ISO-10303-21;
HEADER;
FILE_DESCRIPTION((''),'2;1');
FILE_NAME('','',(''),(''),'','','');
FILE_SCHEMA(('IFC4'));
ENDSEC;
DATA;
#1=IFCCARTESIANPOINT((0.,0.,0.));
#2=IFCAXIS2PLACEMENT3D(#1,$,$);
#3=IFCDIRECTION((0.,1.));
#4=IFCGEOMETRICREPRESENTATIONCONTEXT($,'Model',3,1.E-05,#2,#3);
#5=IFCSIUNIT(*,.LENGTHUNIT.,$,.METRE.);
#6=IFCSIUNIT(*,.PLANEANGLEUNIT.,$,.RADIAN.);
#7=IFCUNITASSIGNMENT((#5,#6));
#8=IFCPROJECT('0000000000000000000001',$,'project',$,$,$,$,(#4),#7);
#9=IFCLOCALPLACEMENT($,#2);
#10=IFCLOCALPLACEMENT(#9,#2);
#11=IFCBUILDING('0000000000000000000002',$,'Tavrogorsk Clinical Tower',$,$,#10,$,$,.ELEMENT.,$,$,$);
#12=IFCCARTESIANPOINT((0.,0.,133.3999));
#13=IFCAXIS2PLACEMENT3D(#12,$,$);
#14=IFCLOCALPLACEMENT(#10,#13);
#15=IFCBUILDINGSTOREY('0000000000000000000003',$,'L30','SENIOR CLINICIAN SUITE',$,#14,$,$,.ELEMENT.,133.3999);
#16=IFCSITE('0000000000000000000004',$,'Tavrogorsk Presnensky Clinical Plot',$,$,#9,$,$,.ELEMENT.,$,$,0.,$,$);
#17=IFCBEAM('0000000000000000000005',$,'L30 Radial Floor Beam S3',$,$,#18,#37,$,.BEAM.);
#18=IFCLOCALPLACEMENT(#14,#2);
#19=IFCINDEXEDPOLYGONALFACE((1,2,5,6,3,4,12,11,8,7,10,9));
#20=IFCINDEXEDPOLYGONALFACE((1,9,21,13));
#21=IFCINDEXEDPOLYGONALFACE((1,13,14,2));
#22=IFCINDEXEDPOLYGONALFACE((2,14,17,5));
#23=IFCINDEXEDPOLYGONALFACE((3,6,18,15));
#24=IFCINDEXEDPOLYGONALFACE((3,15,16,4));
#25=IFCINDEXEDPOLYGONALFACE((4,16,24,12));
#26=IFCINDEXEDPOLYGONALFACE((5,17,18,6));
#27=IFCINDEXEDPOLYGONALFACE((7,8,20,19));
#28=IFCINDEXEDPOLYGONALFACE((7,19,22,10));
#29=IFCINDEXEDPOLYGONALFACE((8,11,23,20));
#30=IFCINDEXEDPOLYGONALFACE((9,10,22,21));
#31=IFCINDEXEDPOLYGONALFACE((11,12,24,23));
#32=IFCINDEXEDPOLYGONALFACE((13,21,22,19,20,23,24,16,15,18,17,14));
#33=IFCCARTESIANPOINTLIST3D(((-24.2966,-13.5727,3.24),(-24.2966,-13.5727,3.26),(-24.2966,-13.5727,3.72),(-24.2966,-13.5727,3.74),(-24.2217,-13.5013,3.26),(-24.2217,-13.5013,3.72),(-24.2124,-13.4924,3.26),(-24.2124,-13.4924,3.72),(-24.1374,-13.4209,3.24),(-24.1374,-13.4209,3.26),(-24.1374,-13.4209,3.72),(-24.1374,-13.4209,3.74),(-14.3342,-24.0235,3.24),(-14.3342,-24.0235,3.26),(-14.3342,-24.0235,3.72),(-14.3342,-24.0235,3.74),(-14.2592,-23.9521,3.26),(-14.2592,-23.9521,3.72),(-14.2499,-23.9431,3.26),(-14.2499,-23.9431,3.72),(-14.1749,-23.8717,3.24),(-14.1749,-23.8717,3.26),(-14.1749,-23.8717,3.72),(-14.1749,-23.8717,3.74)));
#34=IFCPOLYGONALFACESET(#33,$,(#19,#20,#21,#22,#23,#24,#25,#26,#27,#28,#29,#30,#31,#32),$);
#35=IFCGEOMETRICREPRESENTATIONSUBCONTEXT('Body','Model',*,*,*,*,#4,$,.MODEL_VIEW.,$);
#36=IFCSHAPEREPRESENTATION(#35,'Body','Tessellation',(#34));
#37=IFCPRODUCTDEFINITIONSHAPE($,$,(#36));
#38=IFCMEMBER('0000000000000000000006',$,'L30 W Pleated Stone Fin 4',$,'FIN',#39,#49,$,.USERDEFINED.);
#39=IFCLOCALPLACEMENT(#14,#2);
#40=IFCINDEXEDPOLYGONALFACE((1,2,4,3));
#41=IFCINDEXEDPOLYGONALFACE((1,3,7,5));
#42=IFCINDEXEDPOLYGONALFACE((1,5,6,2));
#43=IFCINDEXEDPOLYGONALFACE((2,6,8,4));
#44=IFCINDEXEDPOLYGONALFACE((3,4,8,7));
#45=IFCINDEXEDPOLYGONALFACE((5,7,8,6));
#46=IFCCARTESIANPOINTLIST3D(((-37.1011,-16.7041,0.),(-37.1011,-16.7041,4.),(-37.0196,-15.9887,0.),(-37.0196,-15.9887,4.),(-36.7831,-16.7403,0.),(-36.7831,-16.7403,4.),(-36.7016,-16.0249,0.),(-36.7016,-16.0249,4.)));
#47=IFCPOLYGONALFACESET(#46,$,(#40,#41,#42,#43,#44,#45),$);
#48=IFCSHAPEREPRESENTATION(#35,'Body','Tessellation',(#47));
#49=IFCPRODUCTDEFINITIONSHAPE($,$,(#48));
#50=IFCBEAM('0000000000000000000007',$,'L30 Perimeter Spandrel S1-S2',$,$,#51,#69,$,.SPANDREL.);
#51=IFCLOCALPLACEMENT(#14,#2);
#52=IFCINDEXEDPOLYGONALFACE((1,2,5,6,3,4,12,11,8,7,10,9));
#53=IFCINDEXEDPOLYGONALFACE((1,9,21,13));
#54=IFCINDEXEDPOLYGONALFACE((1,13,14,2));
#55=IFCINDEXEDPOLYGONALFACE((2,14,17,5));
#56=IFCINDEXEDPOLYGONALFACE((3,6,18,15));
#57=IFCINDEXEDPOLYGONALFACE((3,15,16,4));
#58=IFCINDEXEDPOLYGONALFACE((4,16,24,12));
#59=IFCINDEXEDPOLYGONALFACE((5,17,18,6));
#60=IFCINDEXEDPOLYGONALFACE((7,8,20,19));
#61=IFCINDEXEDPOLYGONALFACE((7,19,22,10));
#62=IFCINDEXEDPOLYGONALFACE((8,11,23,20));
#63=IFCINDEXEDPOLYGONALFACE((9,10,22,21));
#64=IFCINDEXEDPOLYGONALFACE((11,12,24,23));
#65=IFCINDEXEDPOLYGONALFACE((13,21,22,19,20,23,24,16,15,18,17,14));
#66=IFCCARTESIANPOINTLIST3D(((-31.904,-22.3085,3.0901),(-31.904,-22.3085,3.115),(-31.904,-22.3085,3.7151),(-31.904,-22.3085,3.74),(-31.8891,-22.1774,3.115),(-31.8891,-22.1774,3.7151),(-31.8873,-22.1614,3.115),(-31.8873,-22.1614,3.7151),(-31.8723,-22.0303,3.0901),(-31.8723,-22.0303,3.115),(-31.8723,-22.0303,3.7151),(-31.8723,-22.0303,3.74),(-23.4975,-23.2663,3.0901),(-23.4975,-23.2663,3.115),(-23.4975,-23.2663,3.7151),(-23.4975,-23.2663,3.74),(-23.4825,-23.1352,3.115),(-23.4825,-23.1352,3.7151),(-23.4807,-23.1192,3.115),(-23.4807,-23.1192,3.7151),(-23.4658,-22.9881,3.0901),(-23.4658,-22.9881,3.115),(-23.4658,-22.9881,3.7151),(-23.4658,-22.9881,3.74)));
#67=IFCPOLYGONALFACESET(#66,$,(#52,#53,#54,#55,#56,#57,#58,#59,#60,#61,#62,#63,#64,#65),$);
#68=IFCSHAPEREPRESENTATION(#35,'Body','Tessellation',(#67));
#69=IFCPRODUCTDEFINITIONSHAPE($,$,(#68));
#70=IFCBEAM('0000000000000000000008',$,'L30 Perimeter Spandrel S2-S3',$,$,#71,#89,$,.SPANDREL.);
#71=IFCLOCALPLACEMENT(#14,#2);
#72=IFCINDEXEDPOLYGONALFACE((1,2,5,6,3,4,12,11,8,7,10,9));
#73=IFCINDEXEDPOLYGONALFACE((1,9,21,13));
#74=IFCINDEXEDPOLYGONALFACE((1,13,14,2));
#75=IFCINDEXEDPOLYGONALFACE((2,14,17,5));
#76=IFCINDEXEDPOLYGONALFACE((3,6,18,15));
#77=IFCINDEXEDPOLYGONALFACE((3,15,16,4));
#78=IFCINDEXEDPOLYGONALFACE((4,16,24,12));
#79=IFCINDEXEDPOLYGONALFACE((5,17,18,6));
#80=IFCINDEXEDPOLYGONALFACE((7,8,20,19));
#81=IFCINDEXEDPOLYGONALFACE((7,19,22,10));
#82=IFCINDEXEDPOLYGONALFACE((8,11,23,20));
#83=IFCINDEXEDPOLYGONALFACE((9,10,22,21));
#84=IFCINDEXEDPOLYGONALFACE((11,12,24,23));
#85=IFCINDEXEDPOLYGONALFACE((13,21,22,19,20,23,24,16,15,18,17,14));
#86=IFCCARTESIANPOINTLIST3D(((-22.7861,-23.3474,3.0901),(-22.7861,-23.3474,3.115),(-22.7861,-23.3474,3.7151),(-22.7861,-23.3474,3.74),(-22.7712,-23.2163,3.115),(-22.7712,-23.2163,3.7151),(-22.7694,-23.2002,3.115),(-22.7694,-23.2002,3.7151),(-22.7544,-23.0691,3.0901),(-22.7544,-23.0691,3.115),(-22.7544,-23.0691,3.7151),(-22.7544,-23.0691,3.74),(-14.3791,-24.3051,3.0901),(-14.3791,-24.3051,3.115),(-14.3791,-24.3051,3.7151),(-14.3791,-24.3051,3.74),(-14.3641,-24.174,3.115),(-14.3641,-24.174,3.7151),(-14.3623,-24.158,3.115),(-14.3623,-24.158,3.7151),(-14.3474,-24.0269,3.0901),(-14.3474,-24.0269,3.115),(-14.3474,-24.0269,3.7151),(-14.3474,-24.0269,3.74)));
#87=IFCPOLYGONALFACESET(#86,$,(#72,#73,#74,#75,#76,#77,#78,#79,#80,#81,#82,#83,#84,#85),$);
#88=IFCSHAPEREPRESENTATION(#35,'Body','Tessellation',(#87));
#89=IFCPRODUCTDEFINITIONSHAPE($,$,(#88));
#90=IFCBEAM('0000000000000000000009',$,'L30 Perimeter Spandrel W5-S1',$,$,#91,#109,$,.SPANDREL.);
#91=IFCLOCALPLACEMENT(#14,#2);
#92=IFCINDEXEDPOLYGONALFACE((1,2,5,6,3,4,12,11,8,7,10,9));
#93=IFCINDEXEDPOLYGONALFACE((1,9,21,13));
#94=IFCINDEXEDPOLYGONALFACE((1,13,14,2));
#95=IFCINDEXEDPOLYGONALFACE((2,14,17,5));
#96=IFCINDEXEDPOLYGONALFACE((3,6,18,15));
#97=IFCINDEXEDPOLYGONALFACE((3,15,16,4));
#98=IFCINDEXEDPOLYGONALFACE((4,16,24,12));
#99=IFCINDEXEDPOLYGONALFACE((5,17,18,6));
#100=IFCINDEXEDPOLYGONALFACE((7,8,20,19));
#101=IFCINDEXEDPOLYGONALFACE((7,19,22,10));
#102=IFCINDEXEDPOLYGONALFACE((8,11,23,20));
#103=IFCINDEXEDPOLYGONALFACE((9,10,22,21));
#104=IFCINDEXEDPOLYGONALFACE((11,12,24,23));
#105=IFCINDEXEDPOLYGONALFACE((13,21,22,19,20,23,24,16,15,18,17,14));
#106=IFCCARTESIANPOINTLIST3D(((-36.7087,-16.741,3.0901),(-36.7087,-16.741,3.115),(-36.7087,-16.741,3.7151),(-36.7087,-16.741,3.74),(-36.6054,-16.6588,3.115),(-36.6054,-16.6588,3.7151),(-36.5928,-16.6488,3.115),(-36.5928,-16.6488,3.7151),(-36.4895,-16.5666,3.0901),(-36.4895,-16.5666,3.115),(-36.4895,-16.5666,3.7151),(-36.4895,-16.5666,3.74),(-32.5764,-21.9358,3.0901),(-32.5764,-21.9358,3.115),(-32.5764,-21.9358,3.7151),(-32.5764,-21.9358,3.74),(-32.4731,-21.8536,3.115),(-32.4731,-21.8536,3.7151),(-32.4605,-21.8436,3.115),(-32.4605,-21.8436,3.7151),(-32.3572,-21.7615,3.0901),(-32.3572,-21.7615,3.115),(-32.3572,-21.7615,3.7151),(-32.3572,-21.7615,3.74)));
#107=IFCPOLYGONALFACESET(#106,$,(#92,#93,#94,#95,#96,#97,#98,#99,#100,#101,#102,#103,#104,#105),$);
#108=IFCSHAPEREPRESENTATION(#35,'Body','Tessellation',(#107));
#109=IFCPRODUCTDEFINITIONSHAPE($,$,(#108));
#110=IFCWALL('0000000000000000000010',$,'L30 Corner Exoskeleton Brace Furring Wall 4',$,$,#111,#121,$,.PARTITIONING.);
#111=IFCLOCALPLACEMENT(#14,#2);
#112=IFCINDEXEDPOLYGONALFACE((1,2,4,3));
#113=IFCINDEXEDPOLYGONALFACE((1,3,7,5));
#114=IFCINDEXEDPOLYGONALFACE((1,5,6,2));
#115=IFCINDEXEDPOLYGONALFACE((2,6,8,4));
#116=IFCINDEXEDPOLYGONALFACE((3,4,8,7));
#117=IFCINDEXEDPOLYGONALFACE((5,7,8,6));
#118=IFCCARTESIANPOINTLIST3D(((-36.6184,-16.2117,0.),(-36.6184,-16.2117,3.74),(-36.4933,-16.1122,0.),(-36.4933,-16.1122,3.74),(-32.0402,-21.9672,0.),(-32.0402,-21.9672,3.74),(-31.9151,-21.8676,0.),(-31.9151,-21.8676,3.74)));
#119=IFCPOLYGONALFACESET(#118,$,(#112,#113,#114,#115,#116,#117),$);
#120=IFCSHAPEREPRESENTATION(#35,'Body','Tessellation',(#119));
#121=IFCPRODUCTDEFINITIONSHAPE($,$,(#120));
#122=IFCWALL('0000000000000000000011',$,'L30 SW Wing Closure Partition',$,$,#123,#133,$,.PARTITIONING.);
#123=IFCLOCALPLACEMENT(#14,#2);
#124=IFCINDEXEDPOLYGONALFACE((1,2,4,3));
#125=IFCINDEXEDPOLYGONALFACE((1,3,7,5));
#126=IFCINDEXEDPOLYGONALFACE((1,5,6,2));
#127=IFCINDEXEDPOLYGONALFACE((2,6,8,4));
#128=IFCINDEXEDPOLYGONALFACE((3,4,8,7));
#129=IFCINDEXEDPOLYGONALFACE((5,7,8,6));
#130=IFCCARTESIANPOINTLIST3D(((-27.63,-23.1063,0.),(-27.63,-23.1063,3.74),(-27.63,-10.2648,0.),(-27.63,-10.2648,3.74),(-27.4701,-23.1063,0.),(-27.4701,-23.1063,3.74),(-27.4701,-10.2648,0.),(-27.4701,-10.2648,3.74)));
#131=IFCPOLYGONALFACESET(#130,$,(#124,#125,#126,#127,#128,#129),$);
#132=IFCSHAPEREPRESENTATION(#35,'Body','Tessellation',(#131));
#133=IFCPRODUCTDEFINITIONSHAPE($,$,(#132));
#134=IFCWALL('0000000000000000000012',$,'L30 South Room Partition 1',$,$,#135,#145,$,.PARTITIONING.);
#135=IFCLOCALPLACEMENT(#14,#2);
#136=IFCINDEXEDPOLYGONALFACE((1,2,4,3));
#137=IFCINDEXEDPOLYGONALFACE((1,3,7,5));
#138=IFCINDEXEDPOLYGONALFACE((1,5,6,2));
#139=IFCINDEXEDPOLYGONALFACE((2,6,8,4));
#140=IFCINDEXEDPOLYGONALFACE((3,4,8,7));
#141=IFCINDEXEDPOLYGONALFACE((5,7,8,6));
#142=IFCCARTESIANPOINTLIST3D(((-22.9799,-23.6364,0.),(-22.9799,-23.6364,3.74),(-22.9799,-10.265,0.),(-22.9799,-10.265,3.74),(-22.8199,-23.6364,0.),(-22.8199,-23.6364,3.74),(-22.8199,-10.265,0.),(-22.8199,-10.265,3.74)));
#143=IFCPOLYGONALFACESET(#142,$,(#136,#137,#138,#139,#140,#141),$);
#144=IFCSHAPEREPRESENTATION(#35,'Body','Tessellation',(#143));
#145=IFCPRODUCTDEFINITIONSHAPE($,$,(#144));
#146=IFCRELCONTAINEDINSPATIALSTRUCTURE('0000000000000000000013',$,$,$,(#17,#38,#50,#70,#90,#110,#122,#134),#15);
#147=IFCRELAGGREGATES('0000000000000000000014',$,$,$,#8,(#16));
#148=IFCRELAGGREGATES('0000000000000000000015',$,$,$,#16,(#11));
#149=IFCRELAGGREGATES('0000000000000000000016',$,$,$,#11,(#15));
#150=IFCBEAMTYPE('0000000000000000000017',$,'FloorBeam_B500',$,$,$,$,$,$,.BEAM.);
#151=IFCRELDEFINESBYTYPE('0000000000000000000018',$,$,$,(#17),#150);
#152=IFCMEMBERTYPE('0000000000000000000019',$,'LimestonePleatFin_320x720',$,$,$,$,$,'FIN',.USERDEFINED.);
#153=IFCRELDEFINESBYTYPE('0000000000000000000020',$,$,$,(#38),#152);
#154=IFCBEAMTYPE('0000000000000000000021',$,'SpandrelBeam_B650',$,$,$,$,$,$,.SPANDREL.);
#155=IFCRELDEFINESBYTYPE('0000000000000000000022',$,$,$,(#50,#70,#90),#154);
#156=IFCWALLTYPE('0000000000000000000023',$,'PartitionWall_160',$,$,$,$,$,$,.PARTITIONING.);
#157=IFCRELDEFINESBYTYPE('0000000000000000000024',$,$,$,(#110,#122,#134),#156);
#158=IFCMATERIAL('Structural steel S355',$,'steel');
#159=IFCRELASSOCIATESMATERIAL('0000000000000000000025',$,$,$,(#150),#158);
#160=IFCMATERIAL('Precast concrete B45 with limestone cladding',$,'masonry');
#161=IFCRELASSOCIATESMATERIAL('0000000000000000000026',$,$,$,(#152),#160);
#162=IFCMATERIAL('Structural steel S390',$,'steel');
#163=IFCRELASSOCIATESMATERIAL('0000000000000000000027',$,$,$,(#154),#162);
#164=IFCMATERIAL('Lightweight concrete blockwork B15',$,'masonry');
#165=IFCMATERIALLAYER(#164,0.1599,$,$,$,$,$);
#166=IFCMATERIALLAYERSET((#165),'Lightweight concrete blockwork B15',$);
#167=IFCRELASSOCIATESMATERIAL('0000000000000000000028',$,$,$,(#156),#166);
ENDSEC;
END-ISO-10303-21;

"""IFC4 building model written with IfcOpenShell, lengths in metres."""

from ifc_helpers import new_model, si_unit, direction, frame, frame_2d, origin, origin_2d, place, context, subcontext, project, spatial, rectangle, i_section, extrude, material, layer, layer_set, material_profile, profile_set, type_object, element, save


model = new_model("IFC4")

# Units and contexts
model_context = context("Model", 3, precision=1e-05, world=origin(), true_north=direction((0.0, 1.0)))
body_context = subcontext(model_context, "Body", "Model", "MODEL_VIEW")
ifc_project = project(units=[si_unit("LENGTHUNIT", "METRE"), si_unit("PLANEANGLEUNIT", "RADIAN")], contexts=[model_context])

# Site, building, storey
site_placement = place(None, origin())
site = spatial("IfcSite", under=ifc_project, at=site_placement, Name="Tavrogorsk Presnensky Clinical Plot", CompositionType="ELEMENT", RefElevation=0.0)
building_placement = place(site_placement, origin())
building = spatial("IfcBuilding", under=site, at=building_placement, Name="Tavrogorsk Clinical Tower", CompositionType="ELEMENT")
storey_placement = place(building_placement, frame((0.0, 0.0, 133.3999)))
storey = spatial("IfcBuildingStorey", under=building, at=storey_placement, Name="L30", Description="SENIOR CLINICIAN SUITE", CompositionType="ELEMENT", Elevation=133.3999)

# Beam
ifc_material_1 = material(Name="Structural steel S355", Category="steel")
ifc_material_profile_1 = material_profile(ifc_material_1, i_section(OverallWidth=0.22, OverallDepth=0.5, WebThickness=0.0129, FlangeThickness=0.02, at=origin_2d()), Name="B-500x220x13x20")
ifc_profile_set_1 = profile_set([ifc_material_profile_1], Name="Structural steel S355")
beam_type_1 = type_object("IfcBeamType", Name="FloorBeam_B500", PredefinedType="BEAM", material=ifc_profile_set_1)
beam_1_placement = place(storey_placement, frame((-24.217, -13.4968, 3.49), z_axis=(0.689995, -0.723814, 0.0), x_axis=(0.723814, 0.689995, 0.0)))
element("IfcBeam", 1, at=beam_1_placement, inside=storey, type_object=beam_type_1, Name="L30 Radial Floor Beam S3", PredefinedType="BEAM", context=body_context, shape_type="SweptSolid", body=[
    extrude(i_section(OverallWidth=0.22, OverallDepth=0.5, WebThickness=0.0129, FlangeThickness=0.02, at=origin_2d()), origin(), (0.0, 0.0, 1.0), 14.4385),
])

# Member
ifc_material_2 = material(Name="Precast concrete B45 with limestone cladding", Category="masonry")
ifc_material_profile_2 = material_profile(ifc_material_2, rectangle(XDim=0.3201, YDim=0.72, at=origin_2d()), Name="LIMESTONE-FIN-320x720")
ifc_profile_set_2 = profile_set([ifc_material_profile_2], Name="Precast concrete B45 with limestone cladding")
member_type_1 = type_object("IfcMemberType", Name="LimestonePleatFin_320x720", ElementType="FIN", PredefinedType="USERDEFINED", material=ifc_profile_set_2)
member_1_placement = place(storey_placement, frame((-36.9014, -16.3645, 0.0), z_axis=(0.0, 0.0, 1.0), x_axis=(0.993572, -0.113203, 0.0)))
element("IfcMember", 2, at=member_1_placement, inside=storey, type_object=member_type_1, Name="L30 W Pleated Stone Fin 4", ObjectType="FIN", PredefinedType="USERDEFINED", context=body_context, shape_type="SweptSolid", body=[
    extrude(rectangle(XDim=0.3201, YDim=0.72, at=origin_2d()), origin(), (0.0, 0.0, 1.0), 4.0),
])

# Beams
ifc_material_3 = material(Name="Structural steel S390", Category="steel")
ifc_material_profile_3 = material_profile(ifc_material_3, i_section(OverallWidth=0.28, OverallDepth=0.6499, WebThickness=0.0161, FlangeThickness=0.0249, at=origin_2d()), Name="B-650x280x16x25")
ifc_profile_set_3 = profile_set([ifc_material_profile_3], Name="Structural steel S390")
beam_type_2 = type_object("IfcBeamType", Name="SpandrelBeam_B650", PredefinedType="SPANDREL", material=ifc_profile_set_3)
beam_2_placement = place(storey_placement, frame((-31.8882, -22.1694, 3.415), z_axis=(0.993572, -0.113199, 0.0), x_axis=(0.113199, 0.993572, 0.0)))
element("IfcBeam", 3, at=beam_2_placement, inside=storey, type_object=beam_type_2, Name="L30 Perimeter Spandrel S1-S2", PredefinedType="SPANDREL", context=body_context, shape_type="SweptSolid", body=[
    extrude(i_section(OverallWidth=0.28, OverallDepth=0.6499, WebThickness=0.0161, FlangeThickness=0.0249, at=origin_2d()), origin(), (0.0, 0.0, 1.0), 8.4609),
])
beam_3_placement = place(storey_placement, frame((-22.7703, -23.2083, 3.415), z_axis=(0.993573, -0.113193, 0.0), x_axis=(0.113193, 0.993573, 0.0)))
element("IfcBeam", 4, at=beam_3_placement, inside=storey, type_object=beam_type_2, Name="L30 Perimeter Spandrel S2-S3", PredefinedType="SPANDREL", context=body_context, shape_type="SweptSolid", body=[
    extrude(i_section(OverallWidth=0.28, OverallDepth=0.6499, WebThickness=0.0161, FlangeThickness=0.0249, at=origin_2d()), origin(), (0.0, 0.0, 1.0), 8.4614),
])
beam_4_placement = place(storey_placement, frame((-36.5991, -16.6538, 3.415), z_axis=(0.622531, -0.782595, 0.0), x_axis=(0.782595, 0.622531, 0.0)))
element("IfcBeam", 5, at=beam_4_placement, inside=storey, type_object=beam_type_2, Name="L30 Perimeter Spandrel W5-S1", PredefinedType="SPANDREL", context=body_context, shape_type="SweptSolid", body=[
    extrude(i_section(OverallWidth=0.28, OverallDepth=0.6499, WebThickness=0.0161, FlangeThickness=0.0249, at=origin_2d()), origin(), (0.0, 0.0, 1.0), 6.6379),
])

# Walls
ifc_material_4 = material(Name="Lightweight concrete blockwork B15", Category="masonry")
ifc_layer_1 = layer(ifc_material_4, 0.1599)
ifc_layer_set_1 = layer_set([ifc_layer_1], Name="Lightweight concrete blockwork B15")
wall_type_1 = type_object("IfcWallType", Name="PartitionWall_160", PredefinedType="PARTITIONING", material=ifc_layer_set_1)
wall_1_placement = place(storey_placement, frame((-36.5559, -16.1619, 0.0), z_axis=(0.0, 0.0, 1.0), x_axis=(0.622523, -0.782602, 0.0)))
element("IfcWall", 6, at=wall_1_placement, inside=storey, type_object=wall_type_1, Name="L30 Corner Exoskeleton Brace Furring Wall 4", PredefinedType="PARTITIONING", context=body_context, shape_type="SweptSolid", body=[
    extrude(rectangle(XDim=7.3542, YDim=0.1599, at=frame_2d((3.6772, 0.0))), origin(), (0.0, 0.0, 1.0), 3.74),
])
wall_2_placement = place(storey_placement, frame((-27.55, -23.1064, 0.0), z_axis=(0.0, 0.0, 1.0), x_axis=(0.0, 1.0, 0.0)))
element("IfcWall", 7, at=wall_2_placement, inside=storey, type_object=wall_type_1, Name="L30 SW Wing Closure Partition", PredefinedType="PARTITIONING", context=body_context, shape_type="SweptSolid", body=[
    extrude(rectangle(XDim=12.8416, YDim=0.1599, at=frame_2d((6.4209, 0.0))), origin(), (0.0, 0.0, 1.0), 3.74),
])
wall_3_placement = place(storey_placement, frame((-22.8999, -23.6362, 0.0), z_axis=(0.0, 0.0, 1.0), x_axis=(0.0, 1.0, 0.0)))
element("IfcWall", 8, at=wall_3_placement, inside=storey, type_object=wall_type_1, Name="L30 South Room Partition 1", PredefinedType="PARTITIONING", context=body_context, shape_type="SweptSolid", body=[
    extrude(rectangle(XDim=13.3713, YDim=0.1599, at=frame_2d((6.6855, 0.0))), origin(), (0.0, 0.0, 1.0), 3.74),
])

save(model, "model.ifc")
